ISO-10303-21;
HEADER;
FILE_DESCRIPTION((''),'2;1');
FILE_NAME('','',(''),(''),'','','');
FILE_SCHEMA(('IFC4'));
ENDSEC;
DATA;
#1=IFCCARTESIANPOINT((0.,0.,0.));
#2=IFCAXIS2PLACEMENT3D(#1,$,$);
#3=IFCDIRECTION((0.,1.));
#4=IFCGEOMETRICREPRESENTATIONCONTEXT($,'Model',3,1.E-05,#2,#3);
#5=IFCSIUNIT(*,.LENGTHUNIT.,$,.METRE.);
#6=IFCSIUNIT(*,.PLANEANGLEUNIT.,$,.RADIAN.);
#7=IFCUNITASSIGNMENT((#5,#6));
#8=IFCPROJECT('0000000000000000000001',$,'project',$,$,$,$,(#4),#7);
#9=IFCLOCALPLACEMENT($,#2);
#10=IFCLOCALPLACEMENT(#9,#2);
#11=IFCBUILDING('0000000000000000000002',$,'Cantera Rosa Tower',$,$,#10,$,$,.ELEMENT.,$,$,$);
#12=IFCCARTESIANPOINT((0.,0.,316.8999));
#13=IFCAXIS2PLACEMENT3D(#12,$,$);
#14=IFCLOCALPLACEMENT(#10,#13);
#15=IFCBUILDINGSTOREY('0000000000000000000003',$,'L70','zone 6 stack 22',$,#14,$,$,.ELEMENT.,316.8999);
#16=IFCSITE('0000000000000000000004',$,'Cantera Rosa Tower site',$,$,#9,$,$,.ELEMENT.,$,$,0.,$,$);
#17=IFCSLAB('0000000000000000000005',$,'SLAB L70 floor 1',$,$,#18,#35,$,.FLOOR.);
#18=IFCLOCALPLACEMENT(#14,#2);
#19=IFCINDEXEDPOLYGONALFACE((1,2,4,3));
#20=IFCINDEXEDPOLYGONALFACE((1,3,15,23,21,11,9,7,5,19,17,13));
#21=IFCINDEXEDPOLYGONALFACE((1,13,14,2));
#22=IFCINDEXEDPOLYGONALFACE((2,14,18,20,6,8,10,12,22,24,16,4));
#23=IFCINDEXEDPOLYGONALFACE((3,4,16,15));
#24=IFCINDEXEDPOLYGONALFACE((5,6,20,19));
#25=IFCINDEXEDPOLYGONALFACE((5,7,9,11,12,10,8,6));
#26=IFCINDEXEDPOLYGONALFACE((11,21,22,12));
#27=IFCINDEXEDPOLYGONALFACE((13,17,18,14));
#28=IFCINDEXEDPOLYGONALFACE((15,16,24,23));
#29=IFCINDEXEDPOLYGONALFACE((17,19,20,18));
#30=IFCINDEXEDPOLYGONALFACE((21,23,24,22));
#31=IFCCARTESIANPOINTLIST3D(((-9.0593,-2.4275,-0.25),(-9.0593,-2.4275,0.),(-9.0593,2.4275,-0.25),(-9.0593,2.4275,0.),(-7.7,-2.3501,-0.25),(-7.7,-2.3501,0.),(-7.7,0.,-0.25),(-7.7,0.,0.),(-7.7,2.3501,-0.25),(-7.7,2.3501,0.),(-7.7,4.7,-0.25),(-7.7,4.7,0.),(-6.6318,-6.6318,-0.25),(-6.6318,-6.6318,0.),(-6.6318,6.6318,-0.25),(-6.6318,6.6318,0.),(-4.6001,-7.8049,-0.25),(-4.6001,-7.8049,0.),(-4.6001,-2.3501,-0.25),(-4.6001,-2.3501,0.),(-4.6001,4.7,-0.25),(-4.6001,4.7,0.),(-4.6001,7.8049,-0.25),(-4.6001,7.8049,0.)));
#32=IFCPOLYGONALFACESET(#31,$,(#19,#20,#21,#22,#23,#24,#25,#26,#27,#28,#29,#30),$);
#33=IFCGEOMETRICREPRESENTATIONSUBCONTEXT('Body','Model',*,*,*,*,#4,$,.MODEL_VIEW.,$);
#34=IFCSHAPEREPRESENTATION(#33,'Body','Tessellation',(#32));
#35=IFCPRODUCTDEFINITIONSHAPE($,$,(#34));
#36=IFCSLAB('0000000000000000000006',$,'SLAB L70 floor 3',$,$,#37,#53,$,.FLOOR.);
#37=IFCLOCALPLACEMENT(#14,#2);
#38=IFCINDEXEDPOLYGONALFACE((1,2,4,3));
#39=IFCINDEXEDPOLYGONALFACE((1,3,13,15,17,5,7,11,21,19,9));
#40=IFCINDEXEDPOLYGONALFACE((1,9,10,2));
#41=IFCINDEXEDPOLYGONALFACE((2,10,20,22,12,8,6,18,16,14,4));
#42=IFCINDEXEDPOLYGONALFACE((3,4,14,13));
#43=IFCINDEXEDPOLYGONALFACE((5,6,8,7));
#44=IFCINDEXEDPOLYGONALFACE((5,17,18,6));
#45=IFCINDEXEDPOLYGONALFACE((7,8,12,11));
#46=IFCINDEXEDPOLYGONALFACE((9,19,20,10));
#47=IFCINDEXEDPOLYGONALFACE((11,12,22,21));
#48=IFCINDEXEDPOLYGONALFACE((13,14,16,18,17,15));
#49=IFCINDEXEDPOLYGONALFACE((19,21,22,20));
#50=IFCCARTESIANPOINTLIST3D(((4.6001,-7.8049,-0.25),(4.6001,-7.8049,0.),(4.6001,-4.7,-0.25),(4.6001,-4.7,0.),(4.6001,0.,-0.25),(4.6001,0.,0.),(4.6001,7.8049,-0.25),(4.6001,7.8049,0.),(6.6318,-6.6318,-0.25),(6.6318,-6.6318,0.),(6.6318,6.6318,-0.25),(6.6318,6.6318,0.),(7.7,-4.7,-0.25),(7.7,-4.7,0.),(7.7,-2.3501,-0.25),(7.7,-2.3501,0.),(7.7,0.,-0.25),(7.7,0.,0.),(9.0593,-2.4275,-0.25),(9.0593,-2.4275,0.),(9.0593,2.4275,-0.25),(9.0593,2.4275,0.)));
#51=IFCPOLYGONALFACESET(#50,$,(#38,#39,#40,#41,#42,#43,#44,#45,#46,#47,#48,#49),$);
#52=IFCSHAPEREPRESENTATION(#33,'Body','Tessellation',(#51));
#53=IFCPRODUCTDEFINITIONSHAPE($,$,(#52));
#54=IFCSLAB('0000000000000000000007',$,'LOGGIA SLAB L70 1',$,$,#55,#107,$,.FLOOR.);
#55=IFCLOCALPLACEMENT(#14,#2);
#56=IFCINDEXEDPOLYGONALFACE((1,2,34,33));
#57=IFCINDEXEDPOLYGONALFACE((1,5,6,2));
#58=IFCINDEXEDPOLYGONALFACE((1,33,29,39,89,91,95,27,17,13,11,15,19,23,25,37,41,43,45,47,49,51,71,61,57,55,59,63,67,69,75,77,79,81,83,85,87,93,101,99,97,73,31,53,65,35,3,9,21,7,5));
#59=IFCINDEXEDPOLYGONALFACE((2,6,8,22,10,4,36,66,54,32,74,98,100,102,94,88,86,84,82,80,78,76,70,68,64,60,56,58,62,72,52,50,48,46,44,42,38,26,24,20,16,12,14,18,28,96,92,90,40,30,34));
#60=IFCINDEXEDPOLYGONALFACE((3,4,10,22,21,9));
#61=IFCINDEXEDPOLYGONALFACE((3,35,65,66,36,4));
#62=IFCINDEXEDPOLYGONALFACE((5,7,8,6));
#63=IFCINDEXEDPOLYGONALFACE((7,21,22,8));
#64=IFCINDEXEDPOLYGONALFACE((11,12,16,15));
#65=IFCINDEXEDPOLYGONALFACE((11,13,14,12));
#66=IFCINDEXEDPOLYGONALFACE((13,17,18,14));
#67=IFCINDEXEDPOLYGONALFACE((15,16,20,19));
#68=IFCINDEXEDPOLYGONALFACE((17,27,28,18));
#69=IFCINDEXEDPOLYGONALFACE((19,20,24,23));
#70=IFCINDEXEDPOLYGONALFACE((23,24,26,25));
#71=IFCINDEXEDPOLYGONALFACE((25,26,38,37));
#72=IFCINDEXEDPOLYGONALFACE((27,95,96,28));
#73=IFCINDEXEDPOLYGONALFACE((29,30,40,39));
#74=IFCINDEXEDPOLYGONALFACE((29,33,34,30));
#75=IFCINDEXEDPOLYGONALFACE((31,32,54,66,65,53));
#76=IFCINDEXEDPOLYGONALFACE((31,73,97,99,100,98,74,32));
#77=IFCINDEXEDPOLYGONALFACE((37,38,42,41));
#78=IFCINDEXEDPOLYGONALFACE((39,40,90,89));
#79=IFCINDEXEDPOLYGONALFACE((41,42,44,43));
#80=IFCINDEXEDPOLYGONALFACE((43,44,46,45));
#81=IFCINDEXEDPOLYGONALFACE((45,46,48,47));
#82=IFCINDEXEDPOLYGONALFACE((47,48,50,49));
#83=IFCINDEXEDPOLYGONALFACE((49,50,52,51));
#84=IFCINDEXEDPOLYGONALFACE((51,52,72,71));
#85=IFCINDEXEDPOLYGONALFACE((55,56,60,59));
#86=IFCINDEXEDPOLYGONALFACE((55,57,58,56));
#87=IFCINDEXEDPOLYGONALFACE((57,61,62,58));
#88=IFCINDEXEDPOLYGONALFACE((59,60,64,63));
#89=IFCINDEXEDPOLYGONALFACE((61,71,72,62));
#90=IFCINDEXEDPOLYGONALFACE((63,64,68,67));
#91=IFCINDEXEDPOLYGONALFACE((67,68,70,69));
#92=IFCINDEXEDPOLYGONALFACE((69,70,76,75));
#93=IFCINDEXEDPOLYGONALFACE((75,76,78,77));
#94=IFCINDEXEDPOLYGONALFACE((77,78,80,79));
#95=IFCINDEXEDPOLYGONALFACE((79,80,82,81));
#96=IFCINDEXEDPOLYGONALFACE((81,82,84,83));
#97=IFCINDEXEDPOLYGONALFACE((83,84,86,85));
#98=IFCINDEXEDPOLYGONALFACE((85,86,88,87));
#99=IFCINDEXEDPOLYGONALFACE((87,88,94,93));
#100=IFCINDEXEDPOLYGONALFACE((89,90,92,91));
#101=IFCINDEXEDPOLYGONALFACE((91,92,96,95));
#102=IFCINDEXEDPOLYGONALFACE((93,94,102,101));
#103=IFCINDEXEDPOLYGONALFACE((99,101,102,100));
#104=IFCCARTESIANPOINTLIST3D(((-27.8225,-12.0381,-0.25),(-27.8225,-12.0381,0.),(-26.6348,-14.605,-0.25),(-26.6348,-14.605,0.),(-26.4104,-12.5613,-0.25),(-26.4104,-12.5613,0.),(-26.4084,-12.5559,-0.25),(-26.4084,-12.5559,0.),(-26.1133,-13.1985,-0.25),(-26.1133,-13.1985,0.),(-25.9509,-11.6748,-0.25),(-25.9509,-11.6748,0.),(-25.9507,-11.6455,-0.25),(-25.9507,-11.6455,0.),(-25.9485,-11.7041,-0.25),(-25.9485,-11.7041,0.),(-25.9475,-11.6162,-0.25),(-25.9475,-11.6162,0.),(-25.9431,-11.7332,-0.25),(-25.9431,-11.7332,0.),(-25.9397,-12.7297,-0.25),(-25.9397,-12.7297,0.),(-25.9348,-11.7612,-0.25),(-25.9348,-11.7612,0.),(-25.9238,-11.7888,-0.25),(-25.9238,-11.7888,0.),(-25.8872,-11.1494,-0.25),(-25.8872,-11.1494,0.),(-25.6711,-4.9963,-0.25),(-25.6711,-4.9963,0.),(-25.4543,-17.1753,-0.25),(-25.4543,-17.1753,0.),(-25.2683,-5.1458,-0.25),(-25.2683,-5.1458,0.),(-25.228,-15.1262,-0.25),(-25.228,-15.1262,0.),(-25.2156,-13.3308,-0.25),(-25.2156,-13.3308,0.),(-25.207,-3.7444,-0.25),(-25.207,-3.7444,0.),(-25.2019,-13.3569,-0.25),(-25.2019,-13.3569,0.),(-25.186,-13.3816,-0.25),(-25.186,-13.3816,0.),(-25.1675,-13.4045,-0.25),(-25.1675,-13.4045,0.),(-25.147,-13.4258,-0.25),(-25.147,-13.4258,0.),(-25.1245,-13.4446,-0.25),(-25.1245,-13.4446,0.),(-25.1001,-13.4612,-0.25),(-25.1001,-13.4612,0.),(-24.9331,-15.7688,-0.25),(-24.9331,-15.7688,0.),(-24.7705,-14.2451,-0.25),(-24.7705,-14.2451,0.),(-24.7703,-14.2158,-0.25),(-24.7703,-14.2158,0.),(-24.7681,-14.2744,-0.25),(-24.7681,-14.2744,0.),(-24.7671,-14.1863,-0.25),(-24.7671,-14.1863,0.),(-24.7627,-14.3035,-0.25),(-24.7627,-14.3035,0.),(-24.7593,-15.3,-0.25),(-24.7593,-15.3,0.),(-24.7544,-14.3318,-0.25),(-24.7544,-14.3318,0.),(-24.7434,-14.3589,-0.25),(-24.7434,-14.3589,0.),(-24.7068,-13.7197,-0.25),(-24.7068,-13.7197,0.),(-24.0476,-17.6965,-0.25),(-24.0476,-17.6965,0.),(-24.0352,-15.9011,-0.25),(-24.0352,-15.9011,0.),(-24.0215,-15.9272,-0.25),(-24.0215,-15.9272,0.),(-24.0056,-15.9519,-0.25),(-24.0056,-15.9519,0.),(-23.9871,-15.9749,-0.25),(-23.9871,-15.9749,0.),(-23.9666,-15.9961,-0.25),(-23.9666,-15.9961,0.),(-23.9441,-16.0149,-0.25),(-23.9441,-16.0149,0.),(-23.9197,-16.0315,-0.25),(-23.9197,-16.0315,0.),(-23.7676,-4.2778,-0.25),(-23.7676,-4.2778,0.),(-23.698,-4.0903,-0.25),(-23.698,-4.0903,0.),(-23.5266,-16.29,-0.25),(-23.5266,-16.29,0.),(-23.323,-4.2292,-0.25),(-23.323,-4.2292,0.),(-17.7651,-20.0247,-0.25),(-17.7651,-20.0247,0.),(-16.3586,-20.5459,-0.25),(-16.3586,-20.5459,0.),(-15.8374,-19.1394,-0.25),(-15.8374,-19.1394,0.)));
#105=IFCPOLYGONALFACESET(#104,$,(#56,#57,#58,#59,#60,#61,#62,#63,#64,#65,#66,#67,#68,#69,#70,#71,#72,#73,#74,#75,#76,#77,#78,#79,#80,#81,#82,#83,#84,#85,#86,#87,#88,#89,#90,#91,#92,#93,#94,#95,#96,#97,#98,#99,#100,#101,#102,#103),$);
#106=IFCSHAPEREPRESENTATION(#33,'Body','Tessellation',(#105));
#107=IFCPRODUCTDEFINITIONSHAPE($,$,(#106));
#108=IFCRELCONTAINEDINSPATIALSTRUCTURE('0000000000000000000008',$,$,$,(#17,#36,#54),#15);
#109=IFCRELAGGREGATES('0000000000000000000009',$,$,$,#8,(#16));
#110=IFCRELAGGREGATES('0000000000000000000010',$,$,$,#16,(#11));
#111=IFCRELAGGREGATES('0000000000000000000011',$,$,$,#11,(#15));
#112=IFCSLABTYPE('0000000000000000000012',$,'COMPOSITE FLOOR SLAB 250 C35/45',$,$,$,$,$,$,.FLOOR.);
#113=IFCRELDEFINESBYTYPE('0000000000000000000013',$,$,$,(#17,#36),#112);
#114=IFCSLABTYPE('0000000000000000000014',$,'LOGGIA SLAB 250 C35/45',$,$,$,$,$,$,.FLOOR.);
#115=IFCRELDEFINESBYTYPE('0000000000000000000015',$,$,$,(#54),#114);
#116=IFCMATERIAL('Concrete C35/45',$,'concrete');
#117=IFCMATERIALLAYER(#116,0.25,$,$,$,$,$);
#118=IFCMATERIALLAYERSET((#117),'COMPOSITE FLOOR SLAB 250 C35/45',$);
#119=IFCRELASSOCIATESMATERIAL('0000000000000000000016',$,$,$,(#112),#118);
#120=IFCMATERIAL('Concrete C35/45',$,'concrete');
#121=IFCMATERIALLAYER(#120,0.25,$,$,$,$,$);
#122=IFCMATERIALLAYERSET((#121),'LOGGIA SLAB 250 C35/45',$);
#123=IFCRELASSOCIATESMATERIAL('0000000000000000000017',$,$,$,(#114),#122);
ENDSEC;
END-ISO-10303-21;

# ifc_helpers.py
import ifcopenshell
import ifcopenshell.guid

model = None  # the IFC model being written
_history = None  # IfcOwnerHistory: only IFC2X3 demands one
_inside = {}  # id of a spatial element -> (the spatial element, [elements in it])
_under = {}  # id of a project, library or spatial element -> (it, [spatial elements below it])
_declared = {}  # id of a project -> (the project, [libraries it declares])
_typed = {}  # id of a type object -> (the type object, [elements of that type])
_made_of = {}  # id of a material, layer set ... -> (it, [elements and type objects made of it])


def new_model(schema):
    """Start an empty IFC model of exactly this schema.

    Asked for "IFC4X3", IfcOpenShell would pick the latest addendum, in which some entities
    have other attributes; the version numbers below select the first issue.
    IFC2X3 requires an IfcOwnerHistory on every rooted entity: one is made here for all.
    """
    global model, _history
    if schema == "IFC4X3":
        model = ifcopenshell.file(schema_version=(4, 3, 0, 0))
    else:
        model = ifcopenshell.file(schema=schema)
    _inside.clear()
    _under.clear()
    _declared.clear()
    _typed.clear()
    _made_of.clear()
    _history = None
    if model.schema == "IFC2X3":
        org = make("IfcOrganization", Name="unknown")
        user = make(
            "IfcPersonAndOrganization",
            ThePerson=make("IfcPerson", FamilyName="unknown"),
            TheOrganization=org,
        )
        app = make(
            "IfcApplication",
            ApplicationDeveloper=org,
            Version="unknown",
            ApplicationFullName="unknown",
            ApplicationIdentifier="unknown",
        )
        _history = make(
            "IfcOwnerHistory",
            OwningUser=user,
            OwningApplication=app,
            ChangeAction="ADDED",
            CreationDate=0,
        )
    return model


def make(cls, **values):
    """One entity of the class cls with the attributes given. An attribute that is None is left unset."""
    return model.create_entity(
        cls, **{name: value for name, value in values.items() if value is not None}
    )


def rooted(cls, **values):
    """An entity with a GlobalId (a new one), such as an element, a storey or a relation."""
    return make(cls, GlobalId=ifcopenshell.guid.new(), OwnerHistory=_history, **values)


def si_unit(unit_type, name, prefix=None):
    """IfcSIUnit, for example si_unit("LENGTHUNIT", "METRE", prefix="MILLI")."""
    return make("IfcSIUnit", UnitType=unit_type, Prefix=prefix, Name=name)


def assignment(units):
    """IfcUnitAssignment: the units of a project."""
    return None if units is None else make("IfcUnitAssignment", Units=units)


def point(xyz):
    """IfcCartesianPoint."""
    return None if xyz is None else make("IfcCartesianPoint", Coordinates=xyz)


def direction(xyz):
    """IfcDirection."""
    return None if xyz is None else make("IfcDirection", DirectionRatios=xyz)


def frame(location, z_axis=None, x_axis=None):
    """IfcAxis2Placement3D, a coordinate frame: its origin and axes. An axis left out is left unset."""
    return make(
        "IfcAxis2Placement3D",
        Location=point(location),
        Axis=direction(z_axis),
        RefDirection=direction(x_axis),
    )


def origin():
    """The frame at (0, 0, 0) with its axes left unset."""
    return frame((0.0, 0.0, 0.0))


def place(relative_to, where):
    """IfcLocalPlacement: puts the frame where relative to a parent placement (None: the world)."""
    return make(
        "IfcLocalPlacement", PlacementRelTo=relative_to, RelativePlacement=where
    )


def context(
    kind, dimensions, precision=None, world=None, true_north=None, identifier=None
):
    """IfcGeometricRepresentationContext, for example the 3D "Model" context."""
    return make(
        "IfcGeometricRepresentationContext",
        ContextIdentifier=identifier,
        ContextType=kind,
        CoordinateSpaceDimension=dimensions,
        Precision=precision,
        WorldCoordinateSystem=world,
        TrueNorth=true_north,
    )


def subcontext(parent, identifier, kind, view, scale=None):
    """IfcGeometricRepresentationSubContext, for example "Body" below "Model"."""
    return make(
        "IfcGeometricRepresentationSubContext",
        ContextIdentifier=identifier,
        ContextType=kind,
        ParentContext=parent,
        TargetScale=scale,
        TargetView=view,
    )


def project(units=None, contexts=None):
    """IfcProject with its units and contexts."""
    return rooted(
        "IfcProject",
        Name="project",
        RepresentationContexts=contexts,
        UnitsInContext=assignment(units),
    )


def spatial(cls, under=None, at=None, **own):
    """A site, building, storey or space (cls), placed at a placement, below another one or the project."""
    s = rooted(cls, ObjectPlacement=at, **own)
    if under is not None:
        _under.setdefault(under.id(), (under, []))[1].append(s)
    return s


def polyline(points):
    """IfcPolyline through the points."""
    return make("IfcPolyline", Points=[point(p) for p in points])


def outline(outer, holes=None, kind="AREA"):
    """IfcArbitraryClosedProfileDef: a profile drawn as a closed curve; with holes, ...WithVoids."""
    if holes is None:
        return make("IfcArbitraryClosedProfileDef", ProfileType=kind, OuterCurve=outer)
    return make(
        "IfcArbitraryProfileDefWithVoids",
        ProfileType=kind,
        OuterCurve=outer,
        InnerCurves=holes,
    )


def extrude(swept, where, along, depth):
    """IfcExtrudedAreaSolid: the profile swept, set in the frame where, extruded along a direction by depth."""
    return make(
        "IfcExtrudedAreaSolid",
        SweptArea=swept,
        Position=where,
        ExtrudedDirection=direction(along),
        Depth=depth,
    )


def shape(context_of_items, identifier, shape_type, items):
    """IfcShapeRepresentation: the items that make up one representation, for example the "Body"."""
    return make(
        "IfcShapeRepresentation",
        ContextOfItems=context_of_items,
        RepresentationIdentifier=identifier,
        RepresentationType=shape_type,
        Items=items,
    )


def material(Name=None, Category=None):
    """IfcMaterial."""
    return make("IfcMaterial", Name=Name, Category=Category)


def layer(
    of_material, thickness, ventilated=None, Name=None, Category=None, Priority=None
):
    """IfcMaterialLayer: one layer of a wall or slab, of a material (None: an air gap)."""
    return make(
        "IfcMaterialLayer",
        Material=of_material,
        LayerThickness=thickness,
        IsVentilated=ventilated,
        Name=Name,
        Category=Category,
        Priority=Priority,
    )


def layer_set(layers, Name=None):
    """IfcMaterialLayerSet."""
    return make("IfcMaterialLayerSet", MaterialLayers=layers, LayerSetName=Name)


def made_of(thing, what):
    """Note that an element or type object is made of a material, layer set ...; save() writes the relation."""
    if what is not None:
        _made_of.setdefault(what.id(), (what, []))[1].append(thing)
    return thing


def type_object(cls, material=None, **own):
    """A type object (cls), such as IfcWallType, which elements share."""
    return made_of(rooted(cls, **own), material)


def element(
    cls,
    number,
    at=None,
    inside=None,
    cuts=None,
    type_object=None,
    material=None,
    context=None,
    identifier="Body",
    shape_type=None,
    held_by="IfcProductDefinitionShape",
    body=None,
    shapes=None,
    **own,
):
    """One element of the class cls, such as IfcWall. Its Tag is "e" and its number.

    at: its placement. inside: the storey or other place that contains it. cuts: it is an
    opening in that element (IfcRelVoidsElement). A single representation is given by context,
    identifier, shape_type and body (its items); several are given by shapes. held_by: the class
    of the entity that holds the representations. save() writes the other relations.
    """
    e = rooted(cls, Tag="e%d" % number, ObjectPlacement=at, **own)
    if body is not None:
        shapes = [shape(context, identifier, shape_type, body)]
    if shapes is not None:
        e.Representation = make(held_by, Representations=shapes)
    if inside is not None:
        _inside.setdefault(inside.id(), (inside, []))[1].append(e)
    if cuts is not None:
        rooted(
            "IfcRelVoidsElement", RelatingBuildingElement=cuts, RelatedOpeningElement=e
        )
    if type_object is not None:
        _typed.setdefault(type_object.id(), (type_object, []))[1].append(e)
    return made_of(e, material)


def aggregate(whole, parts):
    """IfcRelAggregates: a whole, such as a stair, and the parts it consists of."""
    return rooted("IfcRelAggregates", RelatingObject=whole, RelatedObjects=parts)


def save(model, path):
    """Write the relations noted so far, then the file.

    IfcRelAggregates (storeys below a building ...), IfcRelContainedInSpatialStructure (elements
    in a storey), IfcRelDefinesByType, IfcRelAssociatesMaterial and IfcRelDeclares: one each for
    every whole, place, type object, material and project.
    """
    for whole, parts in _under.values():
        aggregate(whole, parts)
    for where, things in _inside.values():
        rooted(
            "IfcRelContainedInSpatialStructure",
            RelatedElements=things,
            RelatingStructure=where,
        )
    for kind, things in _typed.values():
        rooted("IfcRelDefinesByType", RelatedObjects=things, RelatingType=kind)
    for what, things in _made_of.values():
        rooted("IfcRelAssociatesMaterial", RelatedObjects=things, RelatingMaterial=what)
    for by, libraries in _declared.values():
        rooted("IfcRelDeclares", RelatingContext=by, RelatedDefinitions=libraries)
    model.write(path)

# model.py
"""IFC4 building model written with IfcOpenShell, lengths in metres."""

from ifc_helpers import new_model, si_unit, direction, frame, origin, place, context, subcontext, project, spatial, polyline, outline, extrude, material, layer, layer_set, type_object, element, save


model = new_model("IFC4")

# Units and contexts
model_context = context("Model", 3, precision=1e-05, world=origin(), true_north=direction((0.0, 1.0)))
body_context = subcontext(model_context, "Body", "Model", "MODEL_VIEW")
ifc_project = project(units=[si_unit("LENGTHUNIT", "METRE"), si_unit("PLANEANGLEUNIT", "RADIAN")], contexts=[model_context])

# Site, building, storey
site_placement = place(None, origin())
site = spatial("IfcSite", under=ifc_project, at=site_placement, Name="Cantera Rosa Tower site", CompositionType="ELEMENT", RefElevation=0.0)
building_placement = place(site_placement, origin())
building = spatial("IfcBuilding", under=site, at=building_placement, Name="Cantera Rosa Tower", CompositionType="ELEMENT")
storey_placement = place(building_placement, frame((0.0, 0.0, 316.8999)))
storey = spatial("IfcBuildingStorey", under=building, at=storey_placement, Name="L70", Description="zone 6 stack 22", CompositionType="ELEMENT", Elevation=316.8999)

# Slabs
ifc_material_1 = material(Name="Concrete C35/45", Category="concrete")
ifc_layer_1 = layer(ifc_material_1, 0.25)
ifc_layer_set_1 = layer_set([ifc_layer_1], Name="COMPOSITE FLOOR SLAB 250 C35/45")
slab_type_1 = type_object("IfcSlabType", Name="COMPOSITE FLOOR SLAB 250 C35/45", PredefinedType="FLOOR", material=ifc_layer_set_1)
slab_1_placement = place(storey_placement, frame((0.0, 0.0, -0.25)))
element("IfcSlab", 1, at=slab_1_placement, inside=storey, type_object=slab_type_1, Name="SLAB L70 floor 1", PredefinedType="FLOOR", context=body_context, shape_type="SweptSolid", body=[
    extrude(outline(polyline([(-4.6001, -2.3501), (-4.6001, -7.8049), (-6.6318, -6.6318), (-9.0593, -2.4275), (-9.0593, 2.4275), (-6.6318, 6.6318), (-4.6001, 7.8049), (-4.6001, 4.7), (-7.7, 4.7), (-7.7, 2.3501), (-7.7, 0.0), (-7.7, -2.3501), (-4.6001, -2.3501)])), origin(), (0.0, 0.0, 1.0), 0.25),
])
slab_2_placement = place(storey_placement, frame((0.0, 0.0, -0.25)))
element("IfcSlab", 2, at=slab_2_placement, inside=storey, type_object=slab_type_1, Name="SLAB L70 floor 3", PredefinedType="FLOOR", context=body_context, shape_type="SweptSolid", body=[
    extrude(outline(polyline([(7.7, 0.0), (4.6001, 0.0), (4.6001, 7.8049), (6.6318, 6.6318), (9.0593, 2.4275), (9.0593, -2.4275), (6.6318, -6.6318), (4.6001, -7.8049), (4.6001, -4.7), (7.7, -4.7), (7.7, -2.3501), (7.7, 0.0)])), origin(), (0.0, 0.0, 1.0), 0.25),
])
ifc_material_2 = material(Name="Concrete C35/45", Category="concrete")
ifc_layer_2 = layer(ifc_material_2, 0.25)
ifc_layer_set_2 = layer_set([ifc_layer_2], Name="LOGGIA SLAB 250 C35/45")
slab_type_2 = type_object("IfcSlabType", Name="LOGGIA SLAB 250 C35/45", PredefinedType="FLOOR", material=ifc_layer_set_2)
slab_3_placement = place(storey_placement, frame((0.0, 0.0, -0.25)))
element("IfcSlab", 3, at=slab_3_placement, inside=storey, type_object=slab_type_2, Name="LOGGIA SLAB L70 1", PredefinedType="FLOOR", context=body_context, shape_type="SweptSolid", body=[
    extrude(outline(polyline([(-24.9331, -15.7688), (-24.7593, -15.3), (-25.228, -15.1262), (-26.6348, -14.605), (-26.1133, -13.1985), (-25.9397, -12.7297), (-26.4084, -12.5559), (-26.4104, -12.5613), (-27.8225, -12.0381), (-25.2683, -5.1458), (-25.6711, -4.9963), (-25.207, -3.7444), (-23.7676, -4.2778), (-23.698, -4.0903), (-23.323, -4.2292), (-25.8872, -11.1494), (-25.9475, -11.6162), (-25.9507, -11.6455), (-25.9509, -11.6748), (-25.9485, -11.7041), (-25.9431, -11.7332), (-25.9348, -11.7612), (-25.9238, -11.7888), (-25.2156, -13.3308), (-25.2019, -13.3569), (-25.186, -13.3816), (-25.1675, -13.4045), (-25.147, -13.4258), (-25.1245, -13.4446), (-25.1001, -13.4612), (-24.7068, -13.7197), (-24.7671, -14.1863), (-24.7703, -14.2158), (-24.7705, -14.2451), (-24.7681, -14.2744), (-24.7627, -14.3035), (-24.7544, -14.3318), (-24.7434, -14.3589), (-24.0352, -15.9011), (-24.0215, -15.9272), (-24.0056, -15.9519), (-23.9871, -15.9749), (-23.9666, -15.9961), (-23.9441, -16.0149), (-23.9197, -16.0315), (-23.5266, -16.29), (-15.8374, -19.1394), (-16.3586, -20.5459), (-17.7651, -20.0247), (-24.0476, -17.6965), (-25.4543, -17.1753), (-24.9331, -15.7688)])), origin(), (0.0, 0.0, 1.0), 0.25),
])

save(model, "model.ifc")
